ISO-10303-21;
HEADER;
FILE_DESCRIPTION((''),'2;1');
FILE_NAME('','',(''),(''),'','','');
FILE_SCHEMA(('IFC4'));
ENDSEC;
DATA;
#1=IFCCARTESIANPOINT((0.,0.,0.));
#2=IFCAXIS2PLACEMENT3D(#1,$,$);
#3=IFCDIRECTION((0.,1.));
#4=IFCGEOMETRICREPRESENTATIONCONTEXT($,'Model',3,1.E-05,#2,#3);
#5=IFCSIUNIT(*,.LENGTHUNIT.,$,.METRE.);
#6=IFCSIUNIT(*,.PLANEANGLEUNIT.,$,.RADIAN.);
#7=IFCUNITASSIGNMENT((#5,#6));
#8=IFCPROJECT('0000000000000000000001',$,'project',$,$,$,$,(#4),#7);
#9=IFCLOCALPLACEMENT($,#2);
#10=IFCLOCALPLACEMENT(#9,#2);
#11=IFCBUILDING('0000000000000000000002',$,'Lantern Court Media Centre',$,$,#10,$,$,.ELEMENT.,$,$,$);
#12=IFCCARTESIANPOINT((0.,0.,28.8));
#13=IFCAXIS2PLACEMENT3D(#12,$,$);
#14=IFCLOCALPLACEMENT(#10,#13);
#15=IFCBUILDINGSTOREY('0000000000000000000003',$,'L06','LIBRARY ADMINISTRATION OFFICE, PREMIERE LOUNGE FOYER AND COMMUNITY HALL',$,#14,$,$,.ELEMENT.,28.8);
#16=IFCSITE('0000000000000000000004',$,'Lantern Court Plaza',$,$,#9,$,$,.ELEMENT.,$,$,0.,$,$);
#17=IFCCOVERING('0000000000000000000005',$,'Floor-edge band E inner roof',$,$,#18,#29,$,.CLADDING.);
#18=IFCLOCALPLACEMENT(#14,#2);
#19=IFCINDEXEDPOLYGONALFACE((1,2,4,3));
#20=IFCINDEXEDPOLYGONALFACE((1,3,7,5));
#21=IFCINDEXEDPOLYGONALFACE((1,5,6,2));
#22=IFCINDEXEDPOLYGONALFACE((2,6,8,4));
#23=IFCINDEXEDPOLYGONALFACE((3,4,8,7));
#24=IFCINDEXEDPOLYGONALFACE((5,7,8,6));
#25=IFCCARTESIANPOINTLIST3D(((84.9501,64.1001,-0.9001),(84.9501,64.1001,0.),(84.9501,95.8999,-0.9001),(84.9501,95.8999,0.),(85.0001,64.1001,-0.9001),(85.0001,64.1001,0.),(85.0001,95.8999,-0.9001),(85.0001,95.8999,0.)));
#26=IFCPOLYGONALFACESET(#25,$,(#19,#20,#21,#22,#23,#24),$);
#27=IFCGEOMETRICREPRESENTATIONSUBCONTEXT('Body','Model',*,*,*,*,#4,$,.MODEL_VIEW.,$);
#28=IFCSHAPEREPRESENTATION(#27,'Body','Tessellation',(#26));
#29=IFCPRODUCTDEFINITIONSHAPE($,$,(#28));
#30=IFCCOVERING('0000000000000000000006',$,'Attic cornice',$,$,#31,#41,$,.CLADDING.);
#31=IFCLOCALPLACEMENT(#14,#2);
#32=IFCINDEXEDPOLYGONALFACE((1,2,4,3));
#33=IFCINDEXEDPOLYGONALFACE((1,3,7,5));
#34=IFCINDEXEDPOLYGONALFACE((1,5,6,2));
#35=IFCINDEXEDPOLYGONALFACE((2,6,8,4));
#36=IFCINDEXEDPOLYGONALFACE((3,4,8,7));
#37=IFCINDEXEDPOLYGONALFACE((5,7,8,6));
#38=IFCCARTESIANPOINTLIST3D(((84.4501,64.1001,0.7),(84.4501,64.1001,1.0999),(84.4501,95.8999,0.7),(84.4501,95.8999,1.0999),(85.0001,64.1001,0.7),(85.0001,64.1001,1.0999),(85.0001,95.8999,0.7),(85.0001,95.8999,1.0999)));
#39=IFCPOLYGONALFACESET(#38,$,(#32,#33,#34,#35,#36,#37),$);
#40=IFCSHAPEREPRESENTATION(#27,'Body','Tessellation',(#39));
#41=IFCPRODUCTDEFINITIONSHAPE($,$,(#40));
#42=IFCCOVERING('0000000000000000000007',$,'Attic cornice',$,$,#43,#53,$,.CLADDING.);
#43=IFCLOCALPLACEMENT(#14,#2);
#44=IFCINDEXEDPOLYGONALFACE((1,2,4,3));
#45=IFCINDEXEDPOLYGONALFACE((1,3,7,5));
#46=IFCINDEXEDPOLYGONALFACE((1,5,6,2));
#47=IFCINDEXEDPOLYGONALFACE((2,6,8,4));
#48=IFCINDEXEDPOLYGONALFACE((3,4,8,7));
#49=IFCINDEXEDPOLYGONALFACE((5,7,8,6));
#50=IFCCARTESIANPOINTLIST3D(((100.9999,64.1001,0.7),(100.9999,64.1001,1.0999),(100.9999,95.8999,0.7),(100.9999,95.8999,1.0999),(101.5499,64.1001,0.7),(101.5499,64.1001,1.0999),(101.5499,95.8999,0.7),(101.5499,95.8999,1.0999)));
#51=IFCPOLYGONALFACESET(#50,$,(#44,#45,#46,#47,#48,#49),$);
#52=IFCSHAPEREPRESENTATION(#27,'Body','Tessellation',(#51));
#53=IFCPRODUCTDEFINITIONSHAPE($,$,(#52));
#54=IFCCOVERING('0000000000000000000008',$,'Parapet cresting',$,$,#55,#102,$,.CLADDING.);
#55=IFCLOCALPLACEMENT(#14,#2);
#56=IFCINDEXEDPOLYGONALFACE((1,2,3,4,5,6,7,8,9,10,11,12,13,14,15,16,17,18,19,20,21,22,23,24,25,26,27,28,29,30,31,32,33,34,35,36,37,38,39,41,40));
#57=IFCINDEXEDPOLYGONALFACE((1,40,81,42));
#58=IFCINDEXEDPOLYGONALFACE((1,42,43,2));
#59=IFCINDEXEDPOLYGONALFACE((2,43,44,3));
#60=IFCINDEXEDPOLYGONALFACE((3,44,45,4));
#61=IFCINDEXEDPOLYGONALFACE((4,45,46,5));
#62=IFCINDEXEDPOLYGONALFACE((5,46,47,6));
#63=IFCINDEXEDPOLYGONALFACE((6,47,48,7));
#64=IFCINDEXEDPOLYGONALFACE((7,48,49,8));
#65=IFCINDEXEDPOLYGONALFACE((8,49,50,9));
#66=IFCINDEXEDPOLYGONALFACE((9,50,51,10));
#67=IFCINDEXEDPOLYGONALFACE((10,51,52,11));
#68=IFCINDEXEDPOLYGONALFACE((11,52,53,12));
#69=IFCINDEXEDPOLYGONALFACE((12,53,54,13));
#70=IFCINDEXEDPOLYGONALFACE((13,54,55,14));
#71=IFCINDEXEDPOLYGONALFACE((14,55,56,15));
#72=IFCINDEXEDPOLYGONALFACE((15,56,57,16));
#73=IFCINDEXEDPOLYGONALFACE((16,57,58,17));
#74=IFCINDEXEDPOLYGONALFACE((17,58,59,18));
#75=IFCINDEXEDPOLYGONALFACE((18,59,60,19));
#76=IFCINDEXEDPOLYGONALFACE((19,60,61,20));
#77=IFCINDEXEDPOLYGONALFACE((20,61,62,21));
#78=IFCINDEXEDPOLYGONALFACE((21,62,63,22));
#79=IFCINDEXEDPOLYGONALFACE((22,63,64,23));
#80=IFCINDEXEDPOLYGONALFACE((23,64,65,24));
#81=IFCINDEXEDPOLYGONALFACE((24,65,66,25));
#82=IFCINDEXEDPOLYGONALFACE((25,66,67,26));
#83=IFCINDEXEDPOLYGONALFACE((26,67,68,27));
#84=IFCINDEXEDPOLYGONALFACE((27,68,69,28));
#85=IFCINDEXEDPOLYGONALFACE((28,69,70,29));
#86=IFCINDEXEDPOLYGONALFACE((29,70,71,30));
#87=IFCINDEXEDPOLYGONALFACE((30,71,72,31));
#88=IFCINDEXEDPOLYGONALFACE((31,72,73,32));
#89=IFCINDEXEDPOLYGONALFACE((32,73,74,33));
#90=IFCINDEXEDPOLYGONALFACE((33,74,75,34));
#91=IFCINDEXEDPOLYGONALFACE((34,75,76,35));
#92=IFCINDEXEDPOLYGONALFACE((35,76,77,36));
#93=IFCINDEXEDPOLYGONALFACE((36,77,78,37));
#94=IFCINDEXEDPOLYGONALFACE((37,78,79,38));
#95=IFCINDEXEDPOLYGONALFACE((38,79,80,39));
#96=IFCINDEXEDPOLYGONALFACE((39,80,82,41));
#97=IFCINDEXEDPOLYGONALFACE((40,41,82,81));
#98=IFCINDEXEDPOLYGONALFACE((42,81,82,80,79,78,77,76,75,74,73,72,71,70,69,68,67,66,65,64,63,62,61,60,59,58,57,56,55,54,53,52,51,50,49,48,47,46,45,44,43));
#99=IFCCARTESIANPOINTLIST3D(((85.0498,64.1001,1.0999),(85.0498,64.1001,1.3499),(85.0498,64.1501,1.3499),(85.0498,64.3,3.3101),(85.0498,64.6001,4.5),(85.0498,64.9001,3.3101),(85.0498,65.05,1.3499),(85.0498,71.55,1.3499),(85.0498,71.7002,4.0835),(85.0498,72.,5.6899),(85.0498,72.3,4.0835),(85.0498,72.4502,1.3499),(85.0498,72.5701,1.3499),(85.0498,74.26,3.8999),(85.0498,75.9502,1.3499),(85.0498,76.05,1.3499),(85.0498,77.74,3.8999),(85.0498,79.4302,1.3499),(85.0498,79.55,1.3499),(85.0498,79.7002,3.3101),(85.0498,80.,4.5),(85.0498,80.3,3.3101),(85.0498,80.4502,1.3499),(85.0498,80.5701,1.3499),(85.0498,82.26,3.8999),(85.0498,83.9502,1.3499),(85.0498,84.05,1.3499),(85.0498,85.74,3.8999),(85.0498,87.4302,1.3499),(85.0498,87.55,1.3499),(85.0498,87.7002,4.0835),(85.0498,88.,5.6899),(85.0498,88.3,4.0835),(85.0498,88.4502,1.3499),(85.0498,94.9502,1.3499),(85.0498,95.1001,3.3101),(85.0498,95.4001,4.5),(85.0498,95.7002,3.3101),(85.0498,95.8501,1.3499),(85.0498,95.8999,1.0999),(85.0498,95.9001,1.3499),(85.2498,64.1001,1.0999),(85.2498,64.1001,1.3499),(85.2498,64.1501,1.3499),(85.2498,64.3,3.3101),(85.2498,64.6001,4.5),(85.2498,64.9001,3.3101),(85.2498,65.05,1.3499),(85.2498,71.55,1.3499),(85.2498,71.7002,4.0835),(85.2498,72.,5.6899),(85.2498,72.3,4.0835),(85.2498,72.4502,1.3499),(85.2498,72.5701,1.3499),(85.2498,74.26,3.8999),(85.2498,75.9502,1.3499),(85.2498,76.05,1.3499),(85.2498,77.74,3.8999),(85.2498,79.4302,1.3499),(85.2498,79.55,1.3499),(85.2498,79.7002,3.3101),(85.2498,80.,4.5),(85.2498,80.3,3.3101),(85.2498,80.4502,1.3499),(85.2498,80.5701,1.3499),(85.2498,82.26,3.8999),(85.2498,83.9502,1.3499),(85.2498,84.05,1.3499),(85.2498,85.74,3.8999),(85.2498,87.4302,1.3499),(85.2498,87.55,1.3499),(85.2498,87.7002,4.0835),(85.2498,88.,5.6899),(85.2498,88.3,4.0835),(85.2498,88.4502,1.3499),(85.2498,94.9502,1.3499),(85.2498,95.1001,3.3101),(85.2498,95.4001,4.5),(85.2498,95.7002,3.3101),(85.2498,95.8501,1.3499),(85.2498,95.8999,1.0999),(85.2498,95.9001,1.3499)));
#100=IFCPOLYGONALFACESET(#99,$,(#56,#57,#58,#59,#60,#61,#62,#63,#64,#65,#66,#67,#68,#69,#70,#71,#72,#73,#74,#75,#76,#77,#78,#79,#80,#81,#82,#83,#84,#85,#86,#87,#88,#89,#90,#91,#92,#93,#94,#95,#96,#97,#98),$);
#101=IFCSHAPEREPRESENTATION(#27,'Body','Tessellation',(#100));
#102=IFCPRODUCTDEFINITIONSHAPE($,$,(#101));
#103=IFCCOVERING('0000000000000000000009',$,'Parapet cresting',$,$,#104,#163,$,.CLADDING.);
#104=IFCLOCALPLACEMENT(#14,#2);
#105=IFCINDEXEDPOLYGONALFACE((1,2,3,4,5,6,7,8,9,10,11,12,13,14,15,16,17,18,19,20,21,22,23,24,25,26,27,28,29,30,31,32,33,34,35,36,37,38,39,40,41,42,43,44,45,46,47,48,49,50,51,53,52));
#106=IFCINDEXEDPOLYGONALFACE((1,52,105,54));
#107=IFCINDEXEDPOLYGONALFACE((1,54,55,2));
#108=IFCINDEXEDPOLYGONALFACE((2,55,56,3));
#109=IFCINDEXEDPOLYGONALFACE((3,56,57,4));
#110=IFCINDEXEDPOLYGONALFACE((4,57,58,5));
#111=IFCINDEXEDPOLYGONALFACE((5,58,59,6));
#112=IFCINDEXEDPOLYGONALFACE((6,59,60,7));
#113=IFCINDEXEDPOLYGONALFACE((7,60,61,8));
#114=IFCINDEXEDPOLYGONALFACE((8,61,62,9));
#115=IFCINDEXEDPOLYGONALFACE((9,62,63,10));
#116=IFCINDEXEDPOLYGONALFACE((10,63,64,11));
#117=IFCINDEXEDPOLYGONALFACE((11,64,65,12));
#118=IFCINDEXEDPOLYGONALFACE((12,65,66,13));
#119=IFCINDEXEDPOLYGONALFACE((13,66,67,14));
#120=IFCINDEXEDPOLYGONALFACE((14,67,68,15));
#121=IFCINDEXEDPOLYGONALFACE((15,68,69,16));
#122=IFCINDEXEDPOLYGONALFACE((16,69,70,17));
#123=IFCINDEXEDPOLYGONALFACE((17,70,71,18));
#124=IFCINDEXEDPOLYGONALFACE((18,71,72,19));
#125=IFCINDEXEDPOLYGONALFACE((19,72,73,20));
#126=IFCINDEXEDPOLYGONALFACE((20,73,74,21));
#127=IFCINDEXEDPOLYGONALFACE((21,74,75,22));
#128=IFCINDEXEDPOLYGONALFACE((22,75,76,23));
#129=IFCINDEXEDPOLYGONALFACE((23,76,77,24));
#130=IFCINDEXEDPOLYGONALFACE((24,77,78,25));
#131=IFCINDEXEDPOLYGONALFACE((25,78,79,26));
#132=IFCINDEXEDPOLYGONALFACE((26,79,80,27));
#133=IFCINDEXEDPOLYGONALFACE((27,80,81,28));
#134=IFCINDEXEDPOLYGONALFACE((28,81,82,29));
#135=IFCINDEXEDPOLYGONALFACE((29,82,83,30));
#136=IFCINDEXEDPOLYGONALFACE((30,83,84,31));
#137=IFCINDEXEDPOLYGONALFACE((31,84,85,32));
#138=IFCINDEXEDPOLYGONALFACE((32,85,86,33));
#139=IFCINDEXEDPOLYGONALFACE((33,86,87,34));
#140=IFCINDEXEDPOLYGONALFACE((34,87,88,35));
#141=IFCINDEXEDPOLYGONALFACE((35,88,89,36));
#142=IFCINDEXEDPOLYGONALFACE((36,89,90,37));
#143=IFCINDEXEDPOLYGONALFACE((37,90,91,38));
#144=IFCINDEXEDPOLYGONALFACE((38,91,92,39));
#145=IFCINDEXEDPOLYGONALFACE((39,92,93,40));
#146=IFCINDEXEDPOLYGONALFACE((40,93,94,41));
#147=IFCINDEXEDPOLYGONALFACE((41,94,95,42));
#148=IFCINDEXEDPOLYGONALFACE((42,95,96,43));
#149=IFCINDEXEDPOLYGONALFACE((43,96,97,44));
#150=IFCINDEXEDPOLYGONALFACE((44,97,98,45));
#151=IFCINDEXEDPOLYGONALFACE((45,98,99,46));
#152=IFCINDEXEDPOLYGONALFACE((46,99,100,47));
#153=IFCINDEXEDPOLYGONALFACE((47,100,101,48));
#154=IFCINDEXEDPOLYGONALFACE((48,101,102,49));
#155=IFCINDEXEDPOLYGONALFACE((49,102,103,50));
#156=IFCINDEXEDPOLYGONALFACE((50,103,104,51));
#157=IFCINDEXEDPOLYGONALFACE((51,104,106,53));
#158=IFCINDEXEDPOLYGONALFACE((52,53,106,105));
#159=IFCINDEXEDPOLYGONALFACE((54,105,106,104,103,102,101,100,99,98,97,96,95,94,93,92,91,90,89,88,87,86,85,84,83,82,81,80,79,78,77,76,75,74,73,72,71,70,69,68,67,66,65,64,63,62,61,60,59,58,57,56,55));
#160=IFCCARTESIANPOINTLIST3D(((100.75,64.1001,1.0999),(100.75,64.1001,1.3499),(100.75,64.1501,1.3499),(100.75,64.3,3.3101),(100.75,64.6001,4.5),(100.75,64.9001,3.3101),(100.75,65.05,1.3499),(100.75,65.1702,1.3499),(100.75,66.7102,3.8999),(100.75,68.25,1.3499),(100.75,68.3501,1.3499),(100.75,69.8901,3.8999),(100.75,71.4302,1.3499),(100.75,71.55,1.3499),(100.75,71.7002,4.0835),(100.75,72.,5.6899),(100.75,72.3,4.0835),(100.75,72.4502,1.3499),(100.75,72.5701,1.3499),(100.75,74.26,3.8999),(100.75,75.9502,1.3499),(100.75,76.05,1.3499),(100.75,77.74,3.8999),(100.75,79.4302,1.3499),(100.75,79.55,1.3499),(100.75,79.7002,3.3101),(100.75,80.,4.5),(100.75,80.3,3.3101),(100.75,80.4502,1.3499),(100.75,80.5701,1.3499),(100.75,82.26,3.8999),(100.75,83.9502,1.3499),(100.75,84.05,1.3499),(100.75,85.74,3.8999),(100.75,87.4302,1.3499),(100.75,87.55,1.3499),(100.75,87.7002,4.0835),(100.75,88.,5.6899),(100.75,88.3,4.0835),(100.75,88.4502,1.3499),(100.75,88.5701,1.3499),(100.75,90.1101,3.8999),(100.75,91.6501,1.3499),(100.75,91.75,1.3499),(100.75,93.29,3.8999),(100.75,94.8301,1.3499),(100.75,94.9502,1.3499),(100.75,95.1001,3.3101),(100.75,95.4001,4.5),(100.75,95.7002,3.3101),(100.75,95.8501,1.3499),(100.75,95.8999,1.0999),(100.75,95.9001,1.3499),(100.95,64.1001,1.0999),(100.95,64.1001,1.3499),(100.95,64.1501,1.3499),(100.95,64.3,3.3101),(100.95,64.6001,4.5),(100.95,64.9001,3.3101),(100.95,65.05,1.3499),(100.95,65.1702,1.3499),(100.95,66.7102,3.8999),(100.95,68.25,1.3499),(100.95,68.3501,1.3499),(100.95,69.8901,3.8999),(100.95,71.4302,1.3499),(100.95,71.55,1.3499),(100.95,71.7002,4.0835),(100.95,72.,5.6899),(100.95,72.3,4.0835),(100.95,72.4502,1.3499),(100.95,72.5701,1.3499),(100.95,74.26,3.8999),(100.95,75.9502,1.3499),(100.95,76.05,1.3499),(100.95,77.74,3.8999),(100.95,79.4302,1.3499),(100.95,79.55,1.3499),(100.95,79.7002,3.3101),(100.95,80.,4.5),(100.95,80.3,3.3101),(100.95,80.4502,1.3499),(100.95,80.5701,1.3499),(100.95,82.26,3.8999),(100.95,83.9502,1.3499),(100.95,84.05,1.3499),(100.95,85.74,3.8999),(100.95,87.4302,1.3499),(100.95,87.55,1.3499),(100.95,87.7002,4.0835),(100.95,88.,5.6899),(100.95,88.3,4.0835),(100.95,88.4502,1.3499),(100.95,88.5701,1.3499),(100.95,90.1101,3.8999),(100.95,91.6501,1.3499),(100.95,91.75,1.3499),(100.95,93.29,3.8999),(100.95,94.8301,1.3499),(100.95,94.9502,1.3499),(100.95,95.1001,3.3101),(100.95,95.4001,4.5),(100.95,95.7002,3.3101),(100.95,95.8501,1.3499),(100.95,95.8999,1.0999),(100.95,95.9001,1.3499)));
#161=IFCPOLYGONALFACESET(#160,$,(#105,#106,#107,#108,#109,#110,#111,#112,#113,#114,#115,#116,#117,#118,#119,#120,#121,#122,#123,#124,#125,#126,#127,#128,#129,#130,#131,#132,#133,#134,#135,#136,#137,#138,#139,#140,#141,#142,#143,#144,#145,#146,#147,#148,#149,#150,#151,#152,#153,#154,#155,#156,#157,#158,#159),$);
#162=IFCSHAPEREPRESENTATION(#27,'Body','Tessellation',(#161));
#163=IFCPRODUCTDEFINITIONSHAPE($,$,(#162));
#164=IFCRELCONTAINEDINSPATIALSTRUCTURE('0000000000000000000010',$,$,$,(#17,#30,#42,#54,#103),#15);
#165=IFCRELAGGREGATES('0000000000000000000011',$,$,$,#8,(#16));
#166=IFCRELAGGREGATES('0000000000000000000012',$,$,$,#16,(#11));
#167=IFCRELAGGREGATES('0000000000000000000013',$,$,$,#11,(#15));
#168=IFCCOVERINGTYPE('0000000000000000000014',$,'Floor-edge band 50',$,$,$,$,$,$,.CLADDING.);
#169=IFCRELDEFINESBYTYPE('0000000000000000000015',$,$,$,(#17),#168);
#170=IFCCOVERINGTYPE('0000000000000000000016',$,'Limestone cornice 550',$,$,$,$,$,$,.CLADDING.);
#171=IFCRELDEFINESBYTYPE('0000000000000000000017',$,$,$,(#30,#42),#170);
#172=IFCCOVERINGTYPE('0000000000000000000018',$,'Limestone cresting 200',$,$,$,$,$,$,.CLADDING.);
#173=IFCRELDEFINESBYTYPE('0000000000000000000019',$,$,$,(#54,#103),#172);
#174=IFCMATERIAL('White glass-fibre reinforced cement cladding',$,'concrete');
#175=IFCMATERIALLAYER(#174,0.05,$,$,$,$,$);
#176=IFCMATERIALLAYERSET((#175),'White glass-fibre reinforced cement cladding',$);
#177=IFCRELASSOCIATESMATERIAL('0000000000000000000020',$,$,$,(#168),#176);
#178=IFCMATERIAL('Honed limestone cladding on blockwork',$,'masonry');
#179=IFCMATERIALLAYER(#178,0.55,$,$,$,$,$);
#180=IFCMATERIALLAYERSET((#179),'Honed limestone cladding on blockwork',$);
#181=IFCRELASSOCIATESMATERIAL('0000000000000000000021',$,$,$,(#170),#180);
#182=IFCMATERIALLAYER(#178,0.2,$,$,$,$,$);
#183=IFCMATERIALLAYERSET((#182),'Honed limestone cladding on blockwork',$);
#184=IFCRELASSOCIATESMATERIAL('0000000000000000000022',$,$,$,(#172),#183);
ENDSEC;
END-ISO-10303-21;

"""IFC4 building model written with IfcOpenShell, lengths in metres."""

from ifc_helpers import new_model, si_unit, direction, frame, frame_2d, origin, place, context, subcontext, project, spatial, polyline, rectangle, outline, extrude, material, layer, layer_set, type_object, element, save


model = new_model("IFC4")

# Units and contexts
model_context = context("Model", 3, precision=1e-05, world=origin(), true_north=direction((0.0, 1.0)))
body_context = subcontext(model_context, "Body", "Model", "MODEL_VIEW")
ifc_project = project(units=[si_unit("LENGTHUNIT", "METRE"), si_unit("PLANEANGLEUNIT", "RADIAN")], contexts=[model_context])

# Site, building, storey
site_placement = place(None, origin())
site = spatial("IfcSite", under=ifc_project, at=site_placement, Name="Lantern Court Plaza", CompositionType="ELEMENT", RefElevation=0.0)
building_placement = place(site_placement, origin())
building = spatial("IfcBuilding", under=site, at=building_placement, Name="Lantern Court Media Centre", CompositionType="ELEMENT")
storey_placement = place(building_placement, frame((0.0, 0.0, 28.8)))
storey = spatial("IfcBuildingStorey", under=building, at=storey_placement, Name="L06", Description="LIBRARY ADMINISTRATION OFFICE, PREMIERE LOUNGE FOYER AND COMMUNITY HALL", CompositionType="ELEMENT", Elevation=28.8)

# Coverings
ifc_material_1 = material(Name="White glass-fibre reinforced cement cladding", Category="concrete")
ifc_layer_1 = layer(ifc_material_1, 0.05)
ifc_layer_set_1 = layer_set([ifc_layer_1], Name="White glass-fibre reinforced cement cladding")
covering_type_1 = type_object("IfcCoveringType", Name="Floor-edge band 50", PredefinedType="CLADDING", material=ifc_layer_set_1)
for number, where, z_axis, x_axis, name in (
    (1, (84.9751, 64.1001, -0.9001), (0.0, 0.0, 1.0), (0.0, 1.0, 0.0), "Floor-edge band E inner roof"),
):
    element("IfcCovering", number, at=place(storey_placement, frame(where, z_axis=z_axis, x_axis=x_axis)), inside=storey, type_object=covering_type_1, Name=name, PredefinedType="CLADDING", context=body_context, shape_type="SweptSolid", body=[
        extrude(rectangle(XDim=31.7998, YDim=0.05, at=frame_2d((15.8999, 0.0))), origin(), (0.0, 0.0, 1.0), 0.9001),
    ])
ifc_material_2 = material(Name="Honed limestone cladding on blockwork", Category="masonry")
ifc_layer_2 = layer(ifc_material_2, 0.55)
ifc_layer_set_2 = layer_set([ifc_layer_2], Name="Honed limestone cladding on blockwork")
covering_type_2 = type_object("IfcCoveringType", Name="Limestone cornice 550", PredefinedType="CLADDING", material=ifc_layer_set_2)
for number, where, z_axis, x_axis, name in (
    (2, (84.7251, 64.1001, 0.7), (0.0, 0.0, 1.0), (0.0, 1.0, 0.0), "Attic cornice"),
    (3, (101.2749, 64.1001, 0.7), (0.0, 0.0, 1.0), (0.0, 1.0, 0.0), "Attic cornice"),
):
    element("IfcCovering", number, at=place(storey_placement, frame(where, z_axis=z_axis, x_axis=x_axis)), inside=storey, type_object=covering_type_2, Name=name, PredefinedType="CLADDING", context=body_context, shape_type="SweptSolid", body=[
        extrude(rectangle(XDim=31.7998, YDim=0.55, at=frame_2d((15.8999, 0.0))), origin(), (0.0, 0.0, 1.0), 0.3999),
    ])
ifc_layer_3 = layer(ifc_material_2, 0.2)
ifc_layer_set_3 = layer_set([ifc_layer_3], Name="Honed limestone cladding on blockwork")
covering_type_3 = type_object("IfcCoveringType", Name="Limestone cresting 200", PredefinedType="CLADDING", material=ifc_layer_set_3)
covering_1_placement = place(storey_placement, frame((85.1499, 64.1001, 1.0999), z_axis=(0.0, 0.0, 1.0), x_axis=(0.0, 1.0, 0.0)))
element("IfcCovering", 4, at=covering_1_placement, inside=storey, type_object=covering_type_3, Name="Parapet cresting", PredefinedType="CLADDING", context=body_context, shape_type="SweptSolid", body=[
    extrude(outline(polyline([(0.0, 0.0), (31.7998, 0.0), (31.8, 0.25), (31.75, 0.25), (31.6001, 2.2102), (31.3, 3.4001), (31.0, 2.2102), (30.8501, 0.25), (24.3501, 0.25), (24.2, 2.9836), (23.8999, 4.5901), (23.6001, 2.9836), (23.45, 0.25), (23.3301, 0.25), (21.6399, 2.8), (19.95, 0.25), (19.8501, 0.25), (18.1599, 2.8), (16.47, 0.25), (16.3501, 0.25), (16.2, 2.2102), (15.8999, 3.4001), (15.6001, 2.2102), (15.45, 0.25), (15.3301, 0.25), (13.6399, 2.8), (11.95, 0.25), (11.8501, 0.25), (10.1599, 2.8), (8.47, 0.25), (8.3501, 0.25), (8.2, 2.9836), (7.8999, 4.5901), (7.6001, 2.9836), (7.45, 0.25), (0.95, 0.25), (0.8, 2.2102), (0.5, 3.4001), (0.2, 2.2102), (0.05, 0.25), (0.0, 0.25), (0.0, 0.0)])), frame((0.0, 0.1001, 0.0), z_axis=(0.0, -1.0, 0.0), x_axis=(1.0, 0.0, 0.0)), (0.0, 0.0, 1.0), 0.2),
])
covering_2_placement = place(storey_placement, frame((100.8501, 64.1001, 1.0999), z_axis=(0.0, 0.0, 1.0), x_axis=(0.0, 1.0, 0.0)))
element("IfcCovering", 5, at=covering_2_placement, inside=storey, type_object=covering_type_3, Name="Parapet cresting", PredefinedType="CLADDING", context=body_context, shape_type="SweptSolid", body=[
    extrude(outline(polyline([(0.0, 0.0), (31.7998, 0.0), (31.8, 0.25), (31.75, 0.25), (31.6001, 2.2102), (31.3, 3.4001), (31.0, 2.2102), (30.8501, 0.25), (30.73, 0.25), (29.1899, 2.8), (27.6499, 0.25), (27.55, 0.25), (26.01, 2.8), (24.47, 0.25), (24.3501, 0.25), (24.2, 2.9836), (23.8999, 4.5901), (23.6001, 2.9836), (23.45, 0.25), (23.3301, 0.25), (21.6399, 2.8), (19.95, 0.25), (19.8501, 0.25), (18.1599, 2.8), (16.47, 0.25), (16.3501, 0.25), (16.2, 2.2102), (15.8999, 3.4001), (15.6001, 2.2102), (15.45, 0.25), (15.3301, 0.25), (13.6399, 2.8), (11.95, 0.25), (11.8501, 0.25), (10.1599, 2.8), (8.47, 0.25), (8.3501, 0.25), (8.2, 2.9836), (7.8999, 4.5901), (7.6001, 2.9836), (7.45, 0.25), (7.3301, 0.25), (5.79, 2.8), (4.25, 0.25), (4.1499, 0.25), (2.6101, 2.8), (1.0701, 0.25), (0.95, 0.25), (0.8, 2.2102), (0.5, 3.4001), (0.2, 2.2102), (0.05, 0.25), (0.0, 0.25), (0.0, 0.0)])), frame((0.0, 0.1001, 0.0), z_axis=(0.0, -1.0, 0.0), x_axis=(1.0, 0.0, 0.0)), (0.0, 0.0, 1.0), 0.2),
])

save(model, "model.ifc")
